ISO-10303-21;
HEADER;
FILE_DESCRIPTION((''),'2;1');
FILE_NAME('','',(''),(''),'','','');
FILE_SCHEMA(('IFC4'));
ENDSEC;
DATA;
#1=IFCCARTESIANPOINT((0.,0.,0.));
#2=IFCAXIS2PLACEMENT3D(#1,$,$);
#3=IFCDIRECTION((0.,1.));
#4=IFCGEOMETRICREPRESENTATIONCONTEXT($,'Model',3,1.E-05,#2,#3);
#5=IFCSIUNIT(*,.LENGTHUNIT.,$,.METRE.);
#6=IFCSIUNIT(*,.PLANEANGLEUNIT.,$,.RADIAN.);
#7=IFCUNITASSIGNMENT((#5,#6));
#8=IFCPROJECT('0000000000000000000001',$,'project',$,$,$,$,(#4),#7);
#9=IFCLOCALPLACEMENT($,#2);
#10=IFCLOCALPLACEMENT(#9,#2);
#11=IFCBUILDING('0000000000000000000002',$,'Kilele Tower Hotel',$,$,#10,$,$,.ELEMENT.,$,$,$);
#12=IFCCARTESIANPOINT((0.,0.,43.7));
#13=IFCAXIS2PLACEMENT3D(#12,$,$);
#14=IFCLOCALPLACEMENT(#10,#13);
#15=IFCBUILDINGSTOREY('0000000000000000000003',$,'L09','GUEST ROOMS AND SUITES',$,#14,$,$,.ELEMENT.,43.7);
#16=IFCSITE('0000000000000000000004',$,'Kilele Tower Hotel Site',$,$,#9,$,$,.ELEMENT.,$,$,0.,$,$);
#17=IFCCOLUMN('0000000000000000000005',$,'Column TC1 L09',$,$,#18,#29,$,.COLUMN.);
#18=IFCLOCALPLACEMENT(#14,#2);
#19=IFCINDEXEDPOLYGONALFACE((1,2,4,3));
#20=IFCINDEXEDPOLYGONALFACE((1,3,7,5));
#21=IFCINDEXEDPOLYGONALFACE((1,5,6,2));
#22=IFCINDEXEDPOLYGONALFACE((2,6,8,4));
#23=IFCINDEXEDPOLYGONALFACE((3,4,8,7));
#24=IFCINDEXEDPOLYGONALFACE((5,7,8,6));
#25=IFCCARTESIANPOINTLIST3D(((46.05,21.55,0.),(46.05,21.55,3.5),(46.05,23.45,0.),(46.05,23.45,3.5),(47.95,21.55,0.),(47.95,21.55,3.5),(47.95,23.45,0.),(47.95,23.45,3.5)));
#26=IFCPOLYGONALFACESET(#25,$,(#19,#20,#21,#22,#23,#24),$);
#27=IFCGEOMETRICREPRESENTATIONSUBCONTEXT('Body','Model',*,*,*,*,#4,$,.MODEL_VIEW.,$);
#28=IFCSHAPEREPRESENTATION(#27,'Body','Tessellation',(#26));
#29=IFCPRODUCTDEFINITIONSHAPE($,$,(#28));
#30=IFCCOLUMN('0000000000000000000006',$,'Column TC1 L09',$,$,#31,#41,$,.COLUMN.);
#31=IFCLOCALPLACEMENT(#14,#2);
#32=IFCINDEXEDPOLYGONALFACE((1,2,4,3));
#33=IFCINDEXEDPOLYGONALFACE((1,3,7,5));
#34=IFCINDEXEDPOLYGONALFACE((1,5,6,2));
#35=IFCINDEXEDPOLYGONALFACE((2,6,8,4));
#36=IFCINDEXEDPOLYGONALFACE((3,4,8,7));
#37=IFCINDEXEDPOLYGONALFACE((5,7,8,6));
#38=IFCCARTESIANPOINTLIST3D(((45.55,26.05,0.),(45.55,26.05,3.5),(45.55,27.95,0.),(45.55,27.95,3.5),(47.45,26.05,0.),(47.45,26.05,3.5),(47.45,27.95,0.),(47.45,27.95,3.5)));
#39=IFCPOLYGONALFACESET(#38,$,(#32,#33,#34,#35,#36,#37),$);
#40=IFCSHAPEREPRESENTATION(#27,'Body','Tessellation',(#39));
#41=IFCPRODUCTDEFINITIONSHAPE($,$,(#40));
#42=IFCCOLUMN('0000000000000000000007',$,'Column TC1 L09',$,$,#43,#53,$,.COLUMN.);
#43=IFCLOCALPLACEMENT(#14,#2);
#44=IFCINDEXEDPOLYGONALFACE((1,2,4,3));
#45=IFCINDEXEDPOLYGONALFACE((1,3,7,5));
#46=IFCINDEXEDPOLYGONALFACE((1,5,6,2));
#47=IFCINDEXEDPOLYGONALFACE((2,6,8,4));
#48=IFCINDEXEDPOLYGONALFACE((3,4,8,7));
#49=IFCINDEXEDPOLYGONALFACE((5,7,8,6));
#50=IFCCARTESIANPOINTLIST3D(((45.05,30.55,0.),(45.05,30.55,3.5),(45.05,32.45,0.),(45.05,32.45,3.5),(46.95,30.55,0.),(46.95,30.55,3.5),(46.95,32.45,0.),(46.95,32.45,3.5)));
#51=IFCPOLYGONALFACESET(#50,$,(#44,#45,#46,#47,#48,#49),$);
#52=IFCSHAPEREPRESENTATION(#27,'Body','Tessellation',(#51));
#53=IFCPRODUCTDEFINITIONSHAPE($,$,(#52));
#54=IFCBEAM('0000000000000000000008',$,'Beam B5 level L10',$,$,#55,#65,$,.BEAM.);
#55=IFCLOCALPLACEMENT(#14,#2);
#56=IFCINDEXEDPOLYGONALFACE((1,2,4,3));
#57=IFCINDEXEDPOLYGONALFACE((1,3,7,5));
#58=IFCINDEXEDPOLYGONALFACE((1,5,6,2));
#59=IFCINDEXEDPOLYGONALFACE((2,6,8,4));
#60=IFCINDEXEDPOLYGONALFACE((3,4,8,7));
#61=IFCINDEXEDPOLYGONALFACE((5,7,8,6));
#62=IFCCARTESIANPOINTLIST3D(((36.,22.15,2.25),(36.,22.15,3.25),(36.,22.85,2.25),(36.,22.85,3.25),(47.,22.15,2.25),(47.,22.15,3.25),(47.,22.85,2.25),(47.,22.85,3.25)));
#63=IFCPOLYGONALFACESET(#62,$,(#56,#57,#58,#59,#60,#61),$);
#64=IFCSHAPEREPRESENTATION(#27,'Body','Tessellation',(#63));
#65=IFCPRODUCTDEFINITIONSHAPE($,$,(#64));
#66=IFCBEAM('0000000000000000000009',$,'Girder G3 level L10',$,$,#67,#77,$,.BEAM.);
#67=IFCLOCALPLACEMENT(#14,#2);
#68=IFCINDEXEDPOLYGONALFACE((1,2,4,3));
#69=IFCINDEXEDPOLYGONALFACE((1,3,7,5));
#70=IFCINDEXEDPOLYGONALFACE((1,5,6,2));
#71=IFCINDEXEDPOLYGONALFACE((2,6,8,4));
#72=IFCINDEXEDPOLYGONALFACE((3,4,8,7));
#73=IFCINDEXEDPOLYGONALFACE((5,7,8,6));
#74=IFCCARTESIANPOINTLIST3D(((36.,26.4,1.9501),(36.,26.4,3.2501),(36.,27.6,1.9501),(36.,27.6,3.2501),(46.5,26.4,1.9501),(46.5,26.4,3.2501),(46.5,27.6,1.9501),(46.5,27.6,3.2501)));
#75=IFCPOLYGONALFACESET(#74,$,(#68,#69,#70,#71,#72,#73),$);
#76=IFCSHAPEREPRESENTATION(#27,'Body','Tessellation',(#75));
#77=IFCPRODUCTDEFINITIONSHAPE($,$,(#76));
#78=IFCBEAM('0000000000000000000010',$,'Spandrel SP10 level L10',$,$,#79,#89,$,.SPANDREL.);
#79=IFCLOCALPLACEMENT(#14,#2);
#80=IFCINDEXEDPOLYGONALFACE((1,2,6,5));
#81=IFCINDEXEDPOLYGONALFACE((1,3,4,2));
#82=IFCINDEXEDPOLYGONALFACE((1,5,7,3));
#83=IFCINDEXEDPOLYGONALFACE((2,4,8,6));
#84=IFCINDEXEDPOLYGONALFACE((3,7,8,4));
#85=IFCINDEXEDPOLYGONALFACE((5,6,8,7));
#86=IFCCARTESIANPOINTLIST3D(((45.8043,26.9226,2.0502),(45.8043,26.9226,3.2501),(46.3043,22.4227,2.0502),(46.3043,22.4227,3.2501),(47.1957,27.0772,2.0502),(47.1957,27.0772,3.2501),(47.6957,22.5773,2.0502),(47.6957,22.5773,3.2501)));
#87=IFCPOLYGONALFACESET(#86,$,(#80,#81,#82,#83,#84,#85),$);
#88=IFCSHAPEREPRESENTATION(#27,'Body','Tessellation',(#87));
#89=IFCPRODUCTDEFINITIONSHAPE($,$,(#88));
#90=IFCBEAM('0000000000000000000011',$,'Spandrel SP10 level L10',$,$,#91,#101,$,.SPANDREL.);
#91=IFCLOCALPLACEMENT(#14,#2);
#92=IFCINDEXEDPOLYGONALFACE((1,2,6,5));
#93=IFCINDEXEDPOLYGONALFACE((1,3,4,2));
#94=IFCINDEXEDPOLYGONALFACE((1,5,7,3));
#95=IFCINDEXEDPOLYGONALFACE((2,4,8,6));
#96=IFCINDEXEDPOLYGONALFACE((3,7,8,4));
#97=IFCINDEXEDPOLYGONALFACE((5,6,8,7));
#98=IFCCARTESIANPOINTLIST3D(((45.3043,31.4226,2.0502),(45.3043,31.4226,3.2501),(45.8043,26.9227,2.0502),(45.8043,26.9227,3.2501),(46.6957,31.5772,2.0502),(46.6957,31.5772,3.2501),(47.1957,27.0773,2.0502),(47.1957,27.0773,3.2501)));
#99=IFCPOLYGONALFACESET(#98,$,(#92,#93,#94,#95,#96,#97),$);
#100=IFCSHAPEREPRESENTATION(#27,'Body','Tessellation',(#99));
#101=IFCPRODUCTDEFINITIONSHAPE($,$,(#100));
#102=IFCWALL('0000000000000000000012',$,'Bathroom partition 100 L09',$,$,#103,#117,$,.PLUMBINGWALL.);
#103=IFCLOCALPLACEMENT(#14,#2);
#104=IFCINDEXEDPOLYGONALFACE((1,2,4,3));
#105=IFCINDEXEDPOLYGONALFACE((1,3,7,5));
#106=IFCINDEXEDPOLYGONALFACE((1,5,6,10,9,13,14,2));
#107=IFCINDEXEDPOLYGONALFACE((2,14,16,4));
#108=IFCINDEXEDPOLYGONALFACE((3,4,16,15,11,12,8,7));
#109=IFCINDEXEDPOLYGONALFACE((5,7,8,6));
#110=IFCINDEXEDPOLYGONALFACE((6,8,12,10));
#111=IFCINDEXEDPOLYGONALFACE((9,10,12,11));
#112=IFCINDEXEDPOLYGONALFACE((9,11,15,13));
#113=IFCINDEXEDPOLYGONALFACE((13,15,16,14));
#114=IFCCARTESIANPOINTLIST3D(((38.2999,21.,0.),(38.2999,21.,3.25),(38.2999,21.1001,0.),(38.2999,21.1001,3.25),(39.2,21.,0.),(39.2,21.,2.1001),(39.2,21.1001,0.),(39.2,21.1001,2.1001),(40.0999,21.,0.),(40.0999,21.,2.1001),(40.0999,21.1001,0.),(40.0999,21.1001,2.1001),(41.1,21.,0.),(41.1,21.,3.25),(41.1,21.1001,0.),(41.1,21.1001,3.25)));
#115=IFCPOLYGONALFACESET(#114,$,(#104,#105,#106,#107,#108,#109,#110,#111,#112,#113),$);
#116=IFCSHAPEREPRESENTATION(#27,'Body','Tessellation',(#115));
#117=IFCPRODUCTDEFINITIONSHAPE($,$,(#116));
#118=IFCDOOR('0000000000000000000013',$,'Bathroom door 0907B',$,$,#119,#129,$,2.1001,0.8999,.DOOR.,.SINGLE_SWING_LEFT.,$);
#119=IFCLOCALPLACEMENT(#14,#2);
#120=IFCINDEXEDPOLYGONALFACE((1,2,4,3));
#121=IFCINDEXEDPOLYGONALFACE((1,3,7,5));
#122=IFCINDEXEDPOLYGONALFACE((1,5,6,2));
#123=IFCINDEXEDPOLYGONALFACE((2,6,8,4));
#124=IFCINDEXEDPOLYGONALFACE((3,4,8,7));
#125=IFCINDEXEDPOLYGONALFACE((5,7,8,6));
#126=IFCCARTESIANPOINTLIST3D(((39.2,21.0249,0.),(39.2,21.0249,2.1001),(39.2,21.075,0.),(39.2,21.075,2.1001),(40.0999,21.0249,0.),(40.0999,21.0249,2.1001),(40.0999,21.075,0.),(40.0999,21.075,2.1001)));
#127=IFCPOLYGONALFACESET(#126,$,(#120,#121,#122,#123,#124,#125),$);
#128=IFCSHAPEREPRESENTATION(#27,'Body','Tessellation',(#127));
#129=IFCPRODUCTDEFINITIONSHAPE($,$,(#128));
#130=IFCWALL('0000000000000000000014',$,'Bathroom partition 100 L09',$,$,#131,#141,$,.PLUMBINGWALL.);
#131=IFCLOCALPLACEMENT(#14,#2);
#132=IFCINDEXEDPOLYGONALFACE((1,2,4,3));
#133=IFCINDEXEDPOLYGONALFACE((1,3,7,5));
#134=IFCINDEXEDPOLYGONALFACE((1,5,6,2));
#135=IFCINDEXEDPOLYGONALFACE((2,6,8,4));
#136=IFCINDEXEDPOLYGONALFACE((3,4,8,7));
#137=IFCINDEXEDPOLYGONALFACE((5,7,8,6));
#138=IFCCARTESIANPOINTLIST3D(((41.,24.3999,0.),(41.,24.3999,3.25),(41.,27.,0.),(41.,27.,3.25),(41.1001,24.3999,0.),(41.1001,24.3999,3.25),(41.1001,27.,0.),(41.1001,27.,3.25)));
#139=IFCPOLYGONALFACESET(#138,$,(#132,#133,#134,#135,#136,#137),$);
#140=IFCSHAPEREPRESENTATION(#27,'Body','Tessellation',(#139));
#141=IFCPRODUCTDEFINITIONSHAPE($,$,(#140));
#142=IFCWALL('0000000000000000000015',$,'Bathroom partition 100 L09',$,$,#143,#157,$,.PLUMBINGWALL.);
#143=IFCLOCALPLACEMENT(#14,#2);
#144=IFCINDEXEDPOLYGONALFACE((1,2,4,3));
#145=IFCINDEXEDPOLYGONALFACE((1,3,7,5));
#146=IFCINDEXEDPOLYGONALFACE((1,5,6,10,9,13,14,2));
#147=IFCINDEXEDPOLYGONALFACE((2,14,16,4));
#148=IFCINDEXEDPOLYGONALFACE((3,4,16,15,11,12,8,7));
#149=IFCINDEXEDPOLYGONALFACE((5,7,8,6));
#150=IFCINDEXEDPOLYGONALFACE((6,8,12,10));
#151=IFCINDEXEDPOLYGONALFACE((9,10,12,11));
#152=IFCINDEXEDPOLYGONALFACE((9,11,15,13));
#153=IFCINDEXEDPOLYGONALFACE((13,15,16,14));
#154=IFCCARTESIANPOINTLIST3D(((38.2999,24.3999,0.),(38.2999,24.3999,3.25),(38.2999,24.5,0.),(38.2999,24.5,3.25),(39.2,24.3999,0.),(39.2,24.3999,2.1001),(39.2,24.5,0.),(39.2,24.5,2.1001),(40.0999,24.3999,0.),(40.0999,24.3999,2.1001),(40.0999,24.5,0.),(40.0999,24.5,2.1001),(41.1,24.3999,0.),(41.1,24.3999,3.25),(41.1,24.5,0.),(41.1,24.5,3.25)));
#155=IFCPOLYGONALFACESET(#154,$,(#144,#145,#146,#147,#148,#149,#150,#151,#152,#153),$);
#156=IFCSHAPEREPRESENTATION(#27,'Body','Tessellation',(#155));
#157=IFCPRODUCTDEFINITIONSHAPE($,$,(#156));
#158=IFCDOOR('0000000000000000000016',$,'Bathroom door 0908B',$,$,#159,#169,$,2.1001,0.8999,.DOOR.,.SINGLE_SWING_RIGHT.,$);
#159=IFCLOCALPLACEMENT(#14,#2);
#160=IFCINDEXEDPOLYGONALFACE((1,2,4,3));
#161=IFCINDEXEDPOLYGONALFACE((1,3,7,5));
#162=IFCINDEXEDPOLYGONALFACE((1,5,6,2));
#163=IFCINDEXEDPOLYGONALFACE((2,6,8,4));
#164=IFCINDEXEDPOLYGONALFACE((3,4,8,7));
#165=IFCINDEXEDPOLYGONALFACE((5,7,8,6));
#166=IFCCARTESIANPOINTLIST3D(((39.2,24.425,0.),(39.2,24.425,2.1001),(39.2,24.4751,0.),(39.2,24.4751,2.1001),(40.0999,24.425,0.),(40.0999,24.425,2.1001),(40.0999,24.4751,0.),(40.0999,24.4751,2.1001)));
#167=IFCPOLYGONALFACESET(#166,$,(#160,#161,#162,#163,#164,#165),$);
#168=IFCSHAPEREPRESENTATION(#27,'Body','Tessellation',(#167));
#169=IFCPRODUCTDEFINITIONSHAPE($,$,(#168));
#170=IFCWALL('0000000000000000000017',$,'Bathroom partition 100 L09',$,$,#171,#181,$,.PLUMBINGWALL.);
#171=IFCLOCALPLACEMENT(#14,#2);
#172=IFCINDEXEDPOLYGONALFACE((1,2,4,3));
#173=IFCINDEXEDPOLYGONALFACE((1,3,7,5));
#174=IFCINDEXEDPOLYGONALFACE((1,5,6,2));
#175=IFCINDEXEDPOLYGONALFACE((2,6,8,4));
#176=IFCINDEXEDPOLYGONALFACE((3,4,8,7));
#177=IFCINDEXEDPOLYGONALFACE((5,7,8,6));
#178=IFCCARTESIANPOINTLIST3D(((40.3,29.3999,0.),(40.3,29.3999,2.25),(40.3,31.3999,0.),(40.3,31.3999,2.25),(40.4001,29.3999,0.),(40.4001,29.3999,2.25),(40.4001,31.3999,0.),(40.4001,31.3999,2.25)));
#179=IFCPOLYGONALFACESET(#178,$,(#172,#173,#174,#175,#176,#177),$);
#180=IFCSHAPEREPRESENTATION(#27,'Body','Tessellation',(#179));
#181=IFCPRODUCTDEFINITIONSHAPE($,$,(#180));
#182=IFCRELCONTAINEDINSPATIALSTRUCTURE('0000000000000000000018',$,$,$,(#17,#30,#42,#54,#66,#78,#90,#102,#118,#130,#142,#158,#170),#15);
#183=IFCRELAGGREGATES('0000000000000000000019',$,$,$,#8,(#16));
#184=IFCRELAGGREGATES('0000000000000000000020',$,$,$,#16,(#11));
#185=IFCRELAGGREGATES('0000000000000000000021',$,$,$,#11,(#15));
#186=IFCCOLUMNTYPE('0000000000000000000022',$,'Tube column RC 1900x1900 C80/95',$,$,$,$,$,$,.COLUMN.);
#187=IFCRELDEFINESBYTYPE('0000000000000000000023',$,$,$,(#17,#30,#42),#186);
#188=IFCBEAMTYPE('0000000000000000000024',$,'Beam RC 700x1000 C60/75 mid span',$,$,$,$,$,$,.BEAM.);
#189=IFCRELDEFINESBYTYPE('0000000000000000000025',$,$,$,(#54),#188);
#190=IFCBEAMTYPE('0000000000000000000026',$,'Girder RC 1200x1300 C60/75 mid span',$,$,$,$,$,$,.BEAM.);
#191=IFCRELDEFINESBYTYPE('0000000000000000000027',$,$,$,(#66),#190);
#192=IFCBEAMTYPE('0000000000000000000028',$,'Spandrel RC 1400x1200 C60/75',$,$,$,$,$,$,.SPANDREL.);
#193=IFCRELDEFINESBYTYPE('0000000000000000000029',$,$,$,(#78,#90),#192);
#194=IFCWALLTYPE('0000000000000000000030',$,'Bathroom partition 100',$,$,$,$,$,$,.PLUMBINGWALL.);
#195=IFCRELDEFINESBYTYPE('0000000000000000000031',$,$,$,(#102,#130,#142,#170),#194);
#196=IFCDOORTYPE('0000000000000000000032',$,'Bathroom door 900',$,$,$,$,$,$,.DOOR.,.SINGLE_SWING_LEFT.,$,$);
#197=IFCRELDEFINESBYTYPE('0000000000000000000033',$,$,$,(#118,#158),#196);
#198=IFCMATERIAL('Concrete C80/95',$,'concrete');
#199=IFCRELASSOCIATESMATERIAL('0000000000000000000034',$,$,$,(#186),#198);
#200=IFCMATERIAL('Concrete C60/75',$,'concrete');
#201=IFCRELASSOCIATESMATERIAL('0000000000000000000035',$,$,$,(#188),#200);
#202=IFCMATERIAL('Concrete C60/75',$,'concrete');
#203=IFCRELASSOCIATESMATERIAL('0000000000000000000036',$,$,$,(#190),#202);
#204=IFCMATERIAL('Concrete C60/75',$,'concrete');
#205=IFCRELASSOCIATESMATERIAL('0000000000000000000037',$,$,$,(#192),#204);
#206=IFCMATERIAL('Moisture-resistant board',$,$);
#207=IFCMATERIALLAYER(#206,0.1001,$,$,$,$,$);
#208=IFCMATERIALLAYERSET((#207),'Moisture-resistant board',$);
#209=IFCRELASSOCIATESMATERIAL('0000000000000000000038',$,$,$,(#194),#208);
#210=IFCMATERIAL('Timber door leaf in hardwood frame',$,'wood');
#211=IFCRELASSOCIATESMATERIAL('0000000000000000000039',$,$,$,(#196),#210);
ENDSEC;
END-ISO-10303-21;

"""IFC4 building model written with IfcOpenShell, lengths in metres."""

from ifc_helpers import new_model, si_unit, direction, frame, frame_2d, origin, origin_2d, place, context, subcontext, project, spatial, rectangle, extrude, material, layer, layer_set, material_profile, profile_set, type_object, element, fill, save


model = new_model("IFC4")

# Units and contexts
model_context = context("Model", 3, precision=1e-05, world=origin(), true_north=direction((0.0, 1.0)))
body_context = subcontext(model_context, "Body", "Model", "MODEL_VIEW")
ifc_project = project(units=[si_unit("LENGTHUNIT", "METRE"), si_unit("PLANEANGLEUNIT", "RADIAN")], contexts=[model_context])

# Site, building, storey
site_placement = place(None, origin())
site = spatial("IfcSite", under=ifc_project, at=site_placement, Name="Kilele Tower Hotel Site", CompositionType="ELEMENT", RefElevation=0.0)
building_placement = place(site_placement, origin())
building = spatial("IfcBuilding", under=site, at=building_placement, Name="Kilele Tower Hotel", CompositionType="ELEMENT")
storey_placement = place(building_placement, frame((0.0, 0.0, 43.7)))
storey = spatial("IfcBuildingStorey", under=building, at=storey_placement, Name="L09", Description="GUEST ROOMS AND SUITES", CompositionType="ELEMENT", Elevation=43.7)

# Columns
ifc_material_1 = material(Name="Concrete C80/95", Category="concrete")
ifc_material_profile_1 = material_profile(ifc_material_1, rectangle(XDim=1.8999, YDim=1.8999, at=origin_2d()))
ifc_profile_set_1 = profile_set([ifc_material_profile_1], Name="Concrete C80/95")
column_type = type_object("IfcColumnType", Name="Tube column RC 1900x1900 C80/95", PredefinedType="COLUMN", material=ifc_profile_set_1)
for number, where, z_axis, x_axis, name in (
    (1, (47.0, 22.5, 0.0), (0.0, 0.0, 1.0), (1.0, 0.0, 0.0), "Column TC1 L09"),
    (2, (46.5, 27.0, 0.0), (0.0, 0.0, 1.0), (1.0, 0.0, 0.0), "Column TC1 L09"),
    (3, (46.0, 31.5, 0.0), (0.0, 0.0, 1.0), (1.0, 0.0, 0.0), "Column TC1 L09"),
):
    element("IfcColumn", number, at=place(storey_placement, frame(where, z_axis=z_axis, x_axis=x_axis)), inside=storey, type_object=column_type, Name=name, PredefinedType="COLUMN", context=body_context, shape_type="SweptSolid", body=[
        extrude(rectangle(XDim=1.8999, YDim=1.8999, at=origin_2d()), origin(), (0.0, 0.0, 1.0), 3.5),
    ])

# Beams
ifc_material_2 = material(Name="Concrete C60/75", Category="concrete")
ifc_material_profile_2 = material_profile(ifc_material_2, rectangle(XDim=0.7, YDim=1.0, at=origin_2d()))
ifc_profile_set_2 = profile_set([ifc_material_profile_2], Name="Concrete C60/75")
beam_type_1 = type_object("IfcBeamType", Name="Beam RC 700x1000 C60/75 mid span", PredefinedType="BEAM", material=ifc_profile_set_2)
beam_1_placement = place(storey_placement, frame((47.0, 22.5, 2.75), z_axis=(-1.0, 0.0, 0.0), x_axis=(0.0, -1.0, 0.0)))
element("IfcBeam", 4, at=beam_1_placement, inside=storey, type_object=beam_type_1, Name="Beam B5 level L10", PredefinedType="BEAM", context=body_context, shape_type="SweptSolid", body=[
    extrude(rectangle(XDim=0.7, YDim=1.0, at=origin_2d()), origin(), (0.0, 0.0, 1.0), 11.0),
])
ifc_material_3 = material(Name="Concrete C60/75", Category="concrete")
ifc_material_profile_3 = material_profile(ifc_material_3, rectangle(XDim=1.2, YDim=1.3, at=origin_2d()))
ifc_profile_set_3 = profile_set([ifc_material_profile_3], Name="Concrete C60/75")
beam_type_2 = type_object("IfcBeamType", Name="Girder RC 1200x1300 C60/75 mid span", PredefinedType="BEAM", material=ifc_profile_set_3)
beam_2_placement = place(storey_placement, frame((46.5, 27.0, 2.6001), z_axis=(-1.0, 0.0, 0.0), x_axis=(0.0, -1.0, 0.0)))
element("IfcBeam", 5, at=beam_2_placement, inside=storey, type_object=beam_type_2, Name="Girder G3 level L10", PredefinedType="BEAM", context=body_context, shape_type="SweptSolid", body=[
    extrude(rectangle(XDim=1.2, YDim=1.3, at=origin_2d()), origin(), (0.0, 0.0, 1.0), 10.5),
])
ifc_material_4 = material(Name="Concrete C60/75", Category="concrete")
ifc_material_profile_4 = material_profile(ifc_material_4, rectangle(XDim=1.3999, YDim=1.2, at=origin_2d()))
ifc_profile_set_4 = profile_set([ifc_material_profile_4], Name="Concrete C60/75")
beam_type_3 = type_object("IfcBeamType", Name="Spandrel RC 1400x1200 C60/75", PredefinedType="SPANDREL", material=ifc_profile_set_4)
for number, where, z_axis, x_axis, name in (
    (6, (47.0, 22.5, 2.6501), (-0.110432, 0.993884, 0.0), (-0.993884, -0.110432, 0.0), "Spandrel SP10 level L10"),
    (7, (46.5, 27.0, 2.6501), (-0.110432, 0.993884, 0.0), (-0.993884, -0.110432, 0.0), "Spandrel SP10 level L10"),
):
    element("IfcBeam", number, at=place(storey_placement, frame(where, z_axis=z_axis, x_axis=x_axis)), inside=storey, type_object=beam_type_3, Name=name, PredefinedType="SPANDREL", context=body_context, shape_type="SweptSolid", body=[
        extrude(rectangle(XDim=1.3999, YDim=1.2, at=origin_2d()), origin(), (0.0, 0.0, 1.0), 4.5276),
    ])

# Wall, opening, door
ifc_material_5 = material(Name="Moisture-resistant board")
ifc_layer_1 = layer(ifc_material_5, 0.1001)
ifc_layer_set_1 = layer_set([ifc_layer_1], Name="Moisture-resistant board")
wall_type_1 = type_object("IfcWallType", Name="Bathroom partition 100", PredefinedType="PLUMBINGWALL", material=ifc_layer_set_1)
wall_1_placement = place(storey_placement, frame((38.3, 21.05, 0.0), z_axis=(0.0, 0.0, 1.0), x_axis=(1.0, 0.0, 0.0)))
wall_1 = element("IfcWall", 8, at=wall_1_placement, inside=storey, type_object=wall_type_1, Name="Bathroom partition 100 L09", PredefinedType="PLUMBINGWALL", context=body_context, shape_type="SweptSolid", body=[
    extrude(rectangle(XDim=2.8, YDim=0.1001, at=frame_2d((1.3999, 0.0))), origin(), (0.0, 0.0, 1.0), 3.25),
])
opening_1_placement = place(wall_1_placement, frame((0.8999, 0.0, 0.0)))
opening_1 = element("IfcOpeningElement", 9, at=opening_1_placement, cuts=wall_1, PredefinedType="OPENING", context=body_context, shape_type="SweptSolid", body=[
    extrude(rectangle(XDim=0.8999, YDim=2.1001, at=frame_2d((0.45, 1.05))), frame((0.0, 0.0601, 0.0), z_axis=(0.0, -1.0, 0.0), x_axis=(1.0, 0.0, 0.0)), (0.0, 0.0, 1.0), 0.1201),
])
ifc_material_6 = material(Name="Timber door leaf in hardwood frame", Category="wood")
door_type_1 = type_object("IfcDoorType", Name="Bathroom door 900", OperationType="SINGLE_SWING_LEFT", PredefinedType="DOOR", material=ifc_material_6)
door_1_placement = place(opening_1_placement, origin())
door_1 = element("IfcDoor", 10, at=door_1_placement, inside=storey, type_object=door_type_1, Name="Bathroom door 0907B", OperationType="SINGLE_SWING_LEFT", OverallHeight=2.1001, OverallWidth=0.8999, PredefinedType="DOOR", context=body_context, shape_type="SweptSolid", body=[
    extrude(rectangle(XDim=0.8999, YDim=2.1001, at=frame_2d((0.45, 1.05))), frame((0.0, 0.0249, 0.0), z_axis=(0.0, -1.0, 0.0), x_axis=(1.0, 0.0, 0.0)), (0.0, 0.0, 1.0), 0.05),
])
fill(opening_1, door_1)

# Wall
wall_2_placement = place(storey_placement, frame((41.05, 24.3999, 0.0), z_axis=(0.0, 0.0, 1.0), x_axis=(0.0, 1.0, 0.0)))
element("IfcWall", 11, at=wall_2_placement, inside=storey, type_object=wall_type_1, Name="Bathroom partition 100 L09", PredefinedType="PLUMBINGWALL", context=body_context, shape_type="SweptSolid", body=[
    extrude(rectangle(XDim=2.6001, YDim=0.1001, at=frame_2d((1.3, 0.0))), origin(), (0.0, 0.0, 1.0), 3.25),
])

# Wall, opening, door
wall_3_placement = place(storey_placement, frame((38.3, 24.45, 0.0), z_axis=(0.0, 0.0, 1.0), x_axis=(1.0, 0.0, 0.0)))
wall_3 = element("IfcWall", 12, at=wall_3_placement, inside=storey, type_object=wall_type_1, Name="Bathroom partition 100 L09", PredefinedType="PLUMBINGWALL", context=body_context, shape_type="SweptSolid", body=[
    extrude(rectangle(XDim=2.8, YDim=0.1001, at=frame_2d((1.3999, 0.0))), origin(), (0.0, 0.0, 1.0), 3.25),
])
opening_2_placement = place(wall_3_placement, frame((1.7998, 0.0, 0.0), z_axis=(0.0, 0.0, 1.0), x_axis=(-1.0, 0.0, 0.0)))
opening_2 = element("IfcOpeningElement", 13, at=opening_2_placement, cuts=wall_3, PredefinedType="OPENING", context=body_context, shape_type="SweptSolid", body=[
    extrude(rectangle(XDim=0.8999, YDim=2.1001, at=frame_2d((0.45, 1.05))), frame((0.0, 0.0601, 0.0), z_axis=(0.0, -1.0, 0.0), x_axis=(1.0, 0.0, 0.0)), (0.0, 0.0, 1.0), 0.1201),
])
door_2_placement = place(opening_2_placement, origin())
door_2 = element("IfcDoor", 14, at=door_2_placement, inside=storey, type_object=door_type_1, Name="Bathroom door 0908B", OperationType="SINGLE_SWING_RIGHT", OverallHeight=2.1001, OverallWidth=0.8999, PredefinedType="DOOR", context=body_context, shape_type="SweptSolid", body=[
    extrude(rectangle(XDim=0.8999, YDim=2.1001, at=frame_2d((0.45, 1.05))), frame((0.0, 0.0249, 0.0), z_axis=(0.0, -1.0, 0.0), x_axis=(1.0, 0.0, 0.0)), (0.0, 0.0, 1.0), 0.05),
])
fill(opening_2, door_2)

# Wall
wall_4_placement = place(storey_placement, frame((40.3501, 31.3999, 0.0), z_axis=(0.0, 0.0, 1.0), x_axis=(0.0, -1.0, 0.0)))
element("IfcWall", 15, at=wall_4_placement, inside=storey, type_object=wall_type_1, Name="Bathroom partition 100 L09", PredefinedType="PLUMBINGWALL", context=body_context, shape_type="SweptSolid", body=[
    extrude(rectangle(XDim=2.0, YDim=0.1001, at=frame_2d((1.0, 0.0))), origin(), (0.0, 0.0, 1.0), 2.25),
])

save(model, "model.ifc")
